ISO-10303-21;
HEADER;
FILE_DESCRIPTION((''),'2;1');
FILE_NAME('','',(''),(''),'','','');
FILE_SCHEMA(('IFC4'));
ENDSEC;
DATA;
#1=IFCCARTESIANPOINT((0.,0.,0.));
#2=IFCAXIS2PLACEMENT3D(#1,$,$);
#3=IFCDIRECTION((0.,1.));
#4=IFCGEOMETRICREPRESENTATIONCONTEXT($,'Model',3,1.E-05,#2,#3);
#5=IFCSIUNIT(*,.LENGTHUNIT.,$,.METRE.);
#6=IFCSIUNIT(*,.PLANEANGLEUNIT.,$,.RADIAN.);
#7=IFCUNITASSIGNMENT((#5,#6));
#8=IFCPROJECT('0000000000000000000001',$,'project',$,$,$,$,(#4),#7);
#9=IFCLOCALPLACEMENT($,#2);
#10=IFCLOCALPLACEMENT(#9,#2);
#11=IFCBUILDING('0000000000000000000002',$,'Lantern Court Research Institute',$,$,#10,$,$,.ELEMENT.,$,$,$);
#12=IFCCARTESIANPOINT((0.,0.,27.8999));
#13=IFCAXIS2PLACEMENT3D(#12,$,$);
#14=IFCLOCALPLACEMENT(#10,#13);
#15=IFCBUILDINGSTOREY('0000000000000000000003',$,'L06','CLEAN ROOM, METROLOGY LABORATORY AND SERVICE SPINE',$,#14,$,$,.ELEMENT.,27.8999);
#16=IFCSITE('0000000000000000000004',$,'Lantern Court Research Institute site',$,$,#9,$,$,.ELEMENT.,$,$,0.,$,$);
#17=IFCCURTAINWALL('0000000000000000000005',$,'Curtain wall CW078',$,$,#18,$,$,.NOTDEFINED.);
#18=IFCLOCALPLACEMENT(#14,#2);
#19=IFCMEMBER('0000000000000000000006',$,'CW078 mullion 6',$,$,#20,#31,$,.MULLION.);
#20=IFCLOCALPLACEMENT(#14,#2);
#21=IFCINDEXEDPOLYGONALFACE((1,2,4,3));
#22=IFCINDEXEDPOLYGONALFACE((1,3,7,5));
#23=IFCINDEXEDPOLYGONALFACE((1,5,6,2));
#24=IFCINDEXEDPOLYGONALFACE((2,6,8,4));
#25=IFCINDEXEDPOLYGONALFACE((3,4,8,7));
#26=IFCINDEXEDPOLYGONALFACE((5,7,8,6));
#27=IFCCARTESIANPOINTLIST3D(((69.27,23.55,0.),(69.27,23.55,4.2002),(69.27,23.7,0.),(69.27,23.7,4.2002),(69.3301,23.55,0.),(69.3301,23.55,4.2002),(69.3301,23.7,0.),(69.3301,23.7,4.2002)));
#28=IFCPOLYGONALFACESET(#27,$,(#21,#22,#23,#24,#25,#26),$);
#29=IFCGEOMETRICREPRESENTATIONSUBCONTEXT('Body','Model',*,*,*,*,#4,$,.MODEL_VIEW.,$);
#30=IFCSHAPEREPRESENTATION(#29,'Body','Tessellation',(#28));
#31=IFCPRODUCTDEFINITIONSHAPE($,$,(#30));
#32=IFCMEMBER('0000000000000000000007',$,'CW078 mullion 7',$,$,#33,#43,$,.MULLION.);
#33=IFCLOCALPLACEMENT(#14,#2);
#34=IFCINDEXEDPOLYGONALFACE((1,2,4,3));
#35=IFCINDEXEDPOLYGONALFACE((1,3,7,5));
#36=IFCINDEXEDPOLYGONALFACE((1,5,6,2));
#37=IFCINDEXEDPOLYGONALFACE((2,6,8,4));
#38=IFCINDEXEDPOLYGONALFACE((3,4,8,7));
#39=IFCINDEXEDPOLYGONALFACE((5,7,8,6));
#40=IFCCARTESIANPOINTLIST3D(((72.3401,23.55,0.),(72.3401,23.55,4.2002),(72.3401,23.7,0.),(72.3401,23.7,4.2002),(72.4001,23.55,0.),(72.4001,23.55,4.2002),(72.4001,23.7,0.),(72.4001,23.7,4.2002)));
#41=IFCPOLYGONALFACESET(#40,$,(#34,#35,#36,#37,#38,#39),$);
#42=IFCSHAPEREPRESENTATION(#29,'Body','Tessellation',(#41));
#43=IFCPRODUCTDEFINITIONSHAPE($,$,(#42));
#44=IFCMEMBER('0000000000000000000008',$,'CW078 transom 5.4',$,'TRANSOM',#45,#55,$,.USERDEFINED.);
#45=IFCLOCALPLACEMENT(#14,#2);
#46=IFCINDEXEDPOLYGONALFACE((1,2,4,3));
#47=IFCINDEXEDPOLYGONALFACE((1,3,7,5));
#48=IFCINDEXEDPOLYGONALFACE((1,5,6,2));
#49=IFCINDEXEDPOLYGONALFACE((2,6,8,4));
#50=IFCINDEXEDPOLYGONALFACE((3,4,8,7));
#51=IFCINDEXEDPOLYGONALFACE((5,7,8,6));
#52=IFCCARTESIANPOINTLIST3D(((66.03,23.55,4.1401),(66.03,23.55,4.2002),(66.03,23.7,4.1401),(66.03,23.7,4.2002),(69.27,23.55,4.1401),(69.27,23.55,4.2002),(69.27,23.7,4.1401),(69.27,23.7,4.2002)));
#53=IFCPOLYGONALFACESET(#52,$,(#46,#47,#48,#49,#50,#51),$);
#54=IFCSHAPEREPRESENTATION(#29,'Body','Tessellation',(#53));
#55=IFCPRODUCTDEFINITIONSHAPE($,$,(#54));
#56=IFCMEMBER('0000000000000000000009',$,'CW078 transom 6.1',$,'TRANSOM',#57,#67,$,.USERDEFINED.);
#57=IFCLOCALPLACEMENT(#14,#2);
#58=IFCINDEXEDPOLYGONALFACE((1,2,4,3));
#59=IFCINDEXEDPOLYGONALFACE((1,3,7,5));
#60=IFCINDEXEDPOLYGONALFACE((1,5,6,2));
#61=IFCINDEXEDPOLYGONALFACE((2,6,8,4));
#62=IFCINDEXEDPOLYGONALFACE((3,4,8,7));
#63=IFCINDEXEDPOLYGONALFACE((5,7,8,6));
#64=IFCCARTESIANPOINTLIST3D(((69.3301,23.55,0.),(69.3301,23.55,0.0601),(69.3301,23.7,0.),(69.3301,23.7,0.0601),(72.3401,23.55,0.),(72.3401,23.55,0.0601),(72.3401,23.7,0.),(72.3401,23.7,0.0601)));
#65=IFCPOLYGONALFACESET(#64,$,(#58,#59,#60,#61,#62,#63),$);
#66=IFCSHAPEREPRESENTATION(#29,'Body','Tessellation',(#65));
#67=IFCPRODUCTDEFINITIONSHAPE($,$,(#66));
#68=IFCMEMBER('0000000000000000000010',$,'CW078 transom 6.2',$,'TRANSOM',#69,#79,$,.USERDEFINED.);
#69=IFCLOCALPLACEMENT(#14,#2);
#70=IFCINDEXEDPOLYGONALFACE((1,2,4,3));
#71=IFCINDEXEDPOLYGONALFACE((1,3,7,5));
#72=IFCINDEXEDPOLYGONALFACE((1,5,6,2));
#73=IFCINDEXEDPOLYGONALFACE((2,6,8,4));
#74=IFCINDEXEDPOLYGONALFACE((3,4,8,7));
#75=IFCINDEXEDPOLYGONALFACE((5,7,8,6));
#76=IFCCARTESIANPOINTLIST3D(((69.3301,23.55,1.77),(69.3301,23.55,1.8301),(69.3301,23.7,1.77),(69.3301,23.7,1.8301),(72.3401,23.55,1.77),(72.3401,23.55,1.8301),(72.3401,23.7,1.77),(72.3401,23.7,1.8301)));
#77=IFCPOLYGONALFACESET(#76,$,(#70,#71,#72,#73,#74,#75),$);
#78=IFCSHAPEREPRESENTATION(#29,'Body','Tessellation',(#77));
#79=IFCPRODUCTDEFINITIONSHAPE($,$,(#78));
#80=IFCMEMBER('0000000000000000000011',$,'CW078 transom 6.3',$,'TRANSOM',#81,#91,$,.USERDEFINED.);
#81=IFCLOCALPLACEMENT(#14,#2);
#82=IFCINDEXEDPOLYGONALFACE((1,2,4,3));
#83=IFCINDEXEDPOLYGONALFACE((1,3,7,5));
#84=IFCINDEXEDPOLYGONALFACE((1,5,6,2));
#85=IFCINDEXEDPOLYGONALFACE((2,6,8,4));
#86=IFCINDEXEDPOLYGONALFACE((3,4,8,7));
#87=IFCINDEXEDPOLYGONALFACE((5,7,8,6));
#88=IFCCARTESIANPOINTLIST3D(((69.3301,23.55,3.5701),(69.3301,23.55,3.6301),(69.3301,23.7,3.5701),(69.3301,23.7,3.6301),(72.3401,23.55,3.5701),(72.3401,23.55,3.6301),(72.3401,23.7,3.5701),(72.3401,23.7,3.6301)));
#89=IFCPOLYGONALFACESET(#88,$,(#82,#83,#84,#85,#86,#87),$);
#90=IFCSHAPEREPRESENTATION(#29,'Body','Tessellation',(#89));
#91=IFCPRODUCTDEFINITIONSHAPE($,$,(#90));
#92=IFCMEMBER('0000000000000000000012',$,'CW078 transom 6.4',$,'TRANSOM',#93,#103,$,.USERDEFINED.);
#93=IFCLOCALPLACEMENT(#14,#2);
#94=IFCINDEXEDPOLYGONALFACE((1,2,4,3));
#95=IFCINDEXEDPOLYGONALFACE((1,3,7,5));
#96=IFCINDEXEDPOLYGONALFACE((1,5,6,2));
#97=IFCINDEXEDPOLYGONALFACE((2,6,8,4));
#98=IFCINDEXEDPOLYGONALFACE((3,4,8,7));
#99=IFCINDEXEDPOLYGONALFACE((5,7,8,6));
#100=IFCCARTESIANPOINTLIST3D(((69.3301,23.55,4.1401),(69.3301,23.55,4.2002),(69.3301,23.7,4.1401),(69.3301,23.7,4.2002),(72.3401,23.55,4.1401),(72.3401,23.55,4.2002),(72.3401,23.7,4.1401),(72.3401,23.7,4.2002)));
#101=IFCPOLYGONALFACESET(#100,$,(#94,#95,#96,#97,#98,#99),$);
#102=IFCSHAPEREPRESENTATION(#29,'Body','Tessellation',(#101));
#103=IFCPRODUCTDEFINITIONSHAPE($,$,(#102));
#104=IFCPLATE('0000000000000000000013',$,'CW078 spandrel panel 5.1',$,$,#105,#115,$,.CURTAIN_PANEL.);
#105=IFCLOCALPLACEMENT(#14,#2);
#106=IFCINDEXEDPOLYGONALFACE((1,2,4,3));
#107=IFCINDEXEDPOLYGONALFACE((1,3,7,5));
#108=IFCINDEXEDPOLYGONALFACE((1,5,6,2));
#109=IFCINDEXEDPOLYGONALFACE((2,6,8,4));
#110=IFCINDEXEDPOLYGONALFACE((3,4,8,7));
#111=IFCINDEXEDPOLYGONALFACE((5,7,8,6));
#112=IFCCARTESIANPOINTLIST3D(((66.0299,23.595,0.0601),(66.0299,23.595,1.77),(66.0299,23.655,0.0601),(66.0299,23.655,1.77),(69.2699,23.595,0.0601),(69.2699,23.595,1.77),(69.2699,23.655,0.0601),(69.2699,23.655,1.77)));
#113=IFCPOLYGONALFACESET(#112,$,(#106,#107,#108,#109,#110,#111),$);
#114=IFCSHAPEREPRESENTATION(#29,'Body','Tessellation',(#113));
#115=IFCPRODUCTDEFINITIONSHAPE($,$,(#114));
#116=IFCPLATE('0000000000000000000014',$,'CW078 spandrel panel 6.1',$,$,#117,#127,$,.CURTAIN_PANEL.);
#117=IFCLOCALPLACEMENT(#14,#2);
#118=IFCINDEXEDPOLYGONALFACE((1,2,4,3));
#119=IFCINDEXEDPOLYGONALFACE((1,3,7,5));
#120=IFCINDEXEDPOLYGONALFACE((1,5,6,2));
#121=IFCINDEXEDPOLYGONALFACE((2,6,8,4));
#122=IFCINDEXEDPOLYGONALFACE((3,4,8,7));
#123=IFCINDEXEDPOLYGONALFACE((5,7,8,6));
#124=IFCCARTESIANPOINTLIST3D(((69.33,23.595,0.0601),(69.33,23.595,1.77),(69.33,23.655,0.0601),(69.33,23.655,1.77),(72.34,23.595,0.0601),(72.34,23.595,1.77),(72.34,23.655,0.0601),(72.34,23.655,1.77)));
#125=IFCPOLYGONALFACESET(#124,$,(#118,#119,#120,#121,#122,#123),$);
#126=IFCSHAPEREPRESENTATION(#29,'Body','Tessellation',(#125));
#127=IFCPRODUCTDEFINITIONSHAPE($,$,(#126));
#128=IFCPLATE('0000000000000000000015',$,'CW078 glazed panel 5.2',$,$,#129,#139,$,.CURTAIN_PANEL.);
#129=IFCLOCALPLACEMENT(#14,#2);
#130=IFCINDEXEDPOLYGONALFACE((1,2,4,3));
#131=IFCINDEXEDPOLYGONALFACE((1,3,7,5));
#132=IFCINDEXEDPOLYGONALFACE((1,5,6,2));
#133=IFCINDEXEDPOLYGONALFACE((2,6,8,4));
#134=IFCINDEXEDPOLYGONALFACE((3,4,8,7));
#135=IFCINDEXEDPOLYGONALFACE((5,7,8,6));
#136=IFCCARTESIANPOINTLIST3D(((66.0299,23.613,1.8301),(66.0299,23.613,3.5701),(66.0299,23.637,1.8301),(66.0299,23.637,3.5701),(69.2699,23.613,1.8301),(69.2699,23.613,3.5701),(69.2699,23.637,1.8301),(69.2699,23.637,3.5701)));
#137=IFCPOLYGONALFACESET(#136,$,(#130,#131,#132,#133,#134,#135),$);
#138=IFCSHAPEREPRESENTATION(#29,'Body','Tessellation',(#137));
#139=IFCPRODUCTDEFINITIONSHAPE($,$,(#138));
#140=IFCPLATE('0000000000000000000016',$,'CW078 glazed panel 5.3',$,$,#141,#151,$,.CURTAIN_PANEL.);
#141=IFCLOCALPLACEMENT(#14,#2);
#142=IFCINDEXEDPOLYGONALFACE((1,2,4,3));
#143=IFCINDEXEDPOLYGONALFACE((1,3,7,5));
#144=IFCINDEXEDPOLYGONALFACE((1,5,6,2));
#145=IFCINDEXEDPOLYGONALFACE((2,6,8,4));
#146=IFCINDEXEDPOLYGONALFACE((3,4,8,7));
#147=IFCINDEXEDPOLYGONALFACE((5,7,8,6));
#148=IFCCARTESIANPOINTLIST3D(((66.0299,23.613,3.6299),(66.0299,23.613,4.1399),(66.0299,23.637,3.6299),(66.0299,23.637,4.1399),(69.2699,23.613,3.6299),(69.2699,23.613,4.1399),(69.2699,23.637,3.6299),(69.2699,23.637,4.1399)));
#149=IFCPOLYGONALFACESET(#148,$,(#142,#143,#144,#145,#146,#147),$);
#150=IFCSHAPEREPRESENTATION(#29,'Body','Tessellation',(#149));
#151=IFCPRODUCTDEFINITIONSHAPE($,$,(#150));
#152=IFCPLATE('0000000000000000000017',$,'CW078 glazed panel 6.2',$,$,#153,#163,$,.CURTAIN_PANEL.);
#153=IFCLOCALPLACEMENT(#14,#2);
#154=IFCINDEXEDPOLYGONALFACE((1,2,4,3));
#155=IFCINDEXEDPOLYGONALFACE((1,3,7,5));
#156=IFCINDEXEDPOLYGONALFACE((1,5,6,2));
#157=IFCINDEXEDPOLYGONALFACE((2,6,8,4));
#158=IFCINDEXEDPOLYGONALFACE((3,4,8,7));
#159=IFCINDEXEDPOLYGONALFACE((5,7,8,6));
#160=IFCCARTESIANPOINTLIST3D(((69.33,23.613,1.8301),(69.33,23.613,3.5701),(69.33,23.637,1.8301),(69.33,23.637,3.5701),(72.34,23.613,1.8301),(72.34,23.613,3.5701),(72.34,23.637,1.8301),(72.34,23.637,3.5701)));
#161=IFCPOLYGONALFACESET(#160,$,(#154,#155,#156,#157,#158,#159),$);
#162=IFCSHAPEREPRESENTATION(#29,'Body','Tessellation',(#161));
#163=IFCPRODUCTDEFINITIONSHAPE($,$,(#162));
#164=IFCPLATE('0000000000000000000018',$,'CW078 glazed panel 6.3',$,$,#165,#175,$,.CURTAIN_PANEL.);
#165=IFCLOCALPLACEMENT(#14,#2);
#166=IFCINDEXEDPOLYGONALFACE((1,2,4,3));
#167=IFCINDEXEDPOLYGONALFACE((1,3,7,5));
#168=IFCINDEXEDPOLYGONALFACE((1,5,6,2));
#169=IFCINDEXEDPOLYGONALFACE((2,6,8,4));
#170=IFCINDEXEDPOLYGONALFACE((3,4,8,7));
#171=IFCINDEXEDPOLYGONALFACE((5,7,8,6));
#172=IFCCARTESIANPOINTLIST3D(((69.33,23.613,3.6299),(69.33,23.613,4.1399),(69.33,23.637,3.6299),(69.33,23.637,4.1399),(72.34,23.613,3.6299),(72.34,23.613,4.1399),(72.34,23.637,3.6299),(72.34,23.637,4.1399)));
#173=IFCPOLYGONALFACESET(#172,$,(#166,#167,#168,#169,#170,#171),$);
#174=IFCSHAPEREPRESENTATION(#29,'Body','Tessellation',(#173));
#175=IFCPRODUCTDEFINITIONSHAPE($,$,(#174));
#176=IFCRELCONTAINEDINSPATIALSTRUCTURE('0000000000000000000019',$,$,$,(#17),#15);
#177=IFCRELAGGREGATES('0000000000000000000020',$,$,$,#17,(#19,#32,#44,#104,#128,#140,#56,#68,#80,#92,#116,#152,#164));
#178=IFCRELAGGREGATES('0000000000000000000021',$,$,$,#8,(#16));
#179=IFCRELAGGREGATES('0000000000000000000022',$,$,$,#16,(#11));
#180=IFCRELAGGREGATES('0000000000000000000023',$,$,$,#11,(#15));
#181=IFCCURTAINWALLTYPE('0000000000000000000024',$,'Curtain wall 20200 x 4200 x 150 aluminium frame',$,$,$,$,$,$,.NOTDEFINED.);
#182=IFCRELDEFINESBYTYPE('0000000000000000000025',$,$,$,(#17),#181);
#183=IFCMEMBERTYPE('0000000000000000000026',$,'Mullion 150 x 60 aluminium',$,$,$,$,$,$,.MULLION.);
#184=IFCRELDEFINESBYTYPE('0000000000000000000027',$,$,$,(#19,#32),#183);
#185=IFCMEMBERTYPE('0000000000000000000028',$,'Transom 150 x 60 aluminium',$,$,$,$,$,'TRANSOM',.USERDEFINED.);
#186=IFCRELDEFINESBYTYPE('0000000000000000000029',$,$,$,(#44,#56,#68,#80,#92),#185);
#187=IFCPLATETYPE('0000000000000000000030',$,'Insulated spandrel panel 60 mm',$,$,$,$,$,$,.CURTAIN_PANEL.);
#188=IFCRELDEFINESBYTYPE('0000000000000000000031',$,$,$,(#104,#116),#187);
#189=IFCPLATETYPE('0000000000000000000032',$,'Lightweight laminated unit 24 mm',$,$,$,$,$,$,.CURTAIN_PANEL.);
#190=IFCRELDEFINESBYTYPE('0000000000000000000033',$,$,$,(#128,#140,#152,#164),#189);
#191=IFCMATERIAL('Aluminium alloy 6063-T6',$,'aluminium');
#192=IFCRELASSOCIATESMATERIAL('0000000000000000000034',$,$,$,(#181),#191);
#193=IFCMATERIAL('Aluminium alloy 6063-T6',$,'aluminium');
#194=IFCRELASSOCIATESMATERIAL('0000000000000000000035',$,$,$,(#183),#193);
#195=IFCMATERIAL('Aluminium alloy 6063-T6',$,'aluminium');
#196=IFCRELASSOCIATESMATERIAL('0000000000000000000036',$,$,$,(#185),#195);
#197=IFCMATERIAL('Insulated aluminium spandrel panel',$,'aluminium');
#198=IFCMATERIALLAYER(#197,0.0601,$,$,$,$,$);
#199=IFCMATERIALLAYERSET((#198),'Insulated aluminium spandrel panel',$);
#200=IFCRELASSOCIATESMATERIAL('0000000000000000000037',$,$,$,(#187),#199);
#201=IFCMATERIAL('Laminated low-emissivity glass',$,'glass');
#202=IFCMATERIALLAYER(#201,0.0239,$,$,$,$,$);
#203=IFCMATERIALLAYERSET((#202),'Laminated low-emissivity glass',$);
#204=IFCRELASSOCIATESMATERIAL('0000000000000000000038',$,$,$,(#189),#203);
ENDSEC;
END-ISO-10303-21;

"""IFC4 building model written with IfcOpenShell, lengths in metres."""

from ifc_helpers import new_model, si_unit, direction, frame, origin, origin_2d, place, context, subcontext, project, spatial, rectangle, extrude, material, layer, layer_set, material_profile, profile_set, type_object, element, aggregate, save


model = new_model("IFC4")

# Units and contexts
model_context = context("Model", 3, precision=1e-05, world=origin(), true_north=direction((0.0, 1.0)))
body_context = subcontext(model_context, "Body", "Model", "MODEL_VIEW")
ifc_project = project(units=[si_unit("LENGTHUNIT", "METRE"), si_unit("PLANEANGLEUNIT", "RADIAN")], contexts=[model_context])

# Site, building, storey
site_placement = place(None, origin())
site = spatial("IfcSite", under=ifc_project, at=site_placement, Name="Lantern Court Research Institute site", CompositionType="ELEMENT", RefElevation=0.0)
building_placement = place(site_placement, origin())
building = spatial("IfcBuilding", under=site, at=building_placement, Name="Lantern Court Research Institute", CompositionType="ELEMENT")
storey_placement = place(building_placement, frame((0.0, 0.0, 27.8999)))
storey = spatial("IfcBuildingStorey", under=building, at=storey_placement, Name="L06", Description="CLEAN ROOM, METROLOGY LABORATORY AND SERVICE SPINE", CompositionType="ELEMENT", Elevation=27.8999)

# Curtain wall, members, plates
ifc_material_1 = material(Name="Aluminium alloy 6063-T6", Category="aluminium")
curtain_wall_type = type_object("IfcCurtainWallType", Name="Curtain wall 20200 x 4200 x 150 aluminium frame", PredefinedType="NOTDEFINED", material=ifc_material_1)
curtain_wall_placement = place(storey_placement, origin())
curtain_wall = element("IfcCurtainWall", 1, at=curtain_wall_placement, inside=storey, type_object=curtain_wall_type, Name="Curtain wall CW078", PredefinedType="NOTDEFINED")
ifc_material_2 = material(Name="Aluminium alloy 6063-T6", Category="aluminium")
ifc_material_profile_1 = material_profile(ifc_material_2, rectangle(XDim=0.1499, YDim=0.0601, at=origin_2d()), Name="Mullion 150 x 60")
ifc_profile_set_1 = profile_set([ifc_material_profile_1], Name="Aluminium alloy 6063-T6")
member_type_1 = type_object("IfcMemberType", Name="Mullion 150 x 60 aluminium", PredefinedType="MULLION", material=ifc_profile_set_1)
member_1_placement = place(storey_placement, frame((69.3, 23.625, 0.0), z_axis=(0.0, 0.0, 1.0), x_axis=(0.0, 1.0, 0.0)))
member_1 = element("IfcMember", 2, at=member_1_placement, type_object=member_type_1, Name="CW078 mullion 6", PredefinedType="MULLION", context=body_context, shape_type="SweptSolid", body=[
    extrude(rectangle(XDim=0.1499, YDim=0.0601, at=origin_2d()), origin(), (0.0, 0.0, 1.0), 4.2002),
])
member_2_placement = place(storey_placement, frame((72.3701, 23.625, 0.0), z_axis=(0.0, 0.0, 1.0), x_axis=(0.0, 1.0, 0.0)))
member_2 = element("IfcMember", 3, at=member_2_placement, type_object=member_type_1, Name="CW078 mullion 7", PredefinedType="MULLION", context=body_context, shape_type="SweptSolid", body=[
    extrude(rectangle(XDim=0.1499, YDim=0.0601, at=origin_2d()), origin(), (0.0, 0.0, 1.0), 4.2002),
])
ifc_material_3 = material(Name="Aluminium alloy 6063-T6", Category="aluminium")
ifc_material_profile_2 = material_profile(ifc_material_3, rectangle(XDim=0.1499, YDim=0.0601, at=origin_2d()), Name="Transom 150 x 60")
ifc_profile_set_2 = profile_set([ifc_material_profile_2], Name="Aluminium alloy 6063-T6")
member_type_2 = type_object("IfcMemberType", Name="Transom 150 x 60 aluminium", ElementType="TRANSOM", PredefinedType="USERDEFINED", material=ifc_profile_set_2)
member_3_placement = place(storey_placement, frame((66.03, 23.625, 4.1702), z_axis=(1.0, 0.0, 0.0), x_axis=(0.0, 1.0, 0.0)))
member_3 = element("IfcMember", 4, at=member_3_placement, type_object=member_type_2, Name="CW078 transom 5.4", ObjectType="TRANSOM", PredefinedType="USERDEFINED", context=body_context, shape_type="SweptSolid", body=[
    extrude(rectangle(XDim=0.1499, YDim=0.0601, at=origin_2d()), origin(), (0.0, 0.0, 1.0), 3.24),
])
member_4_placement = place(storey_placement, frame((69.3301, 23.625, 0.03), z_axis=(1.0, 0.0, 0.0), x_axis=(0.0, 1.0, 0.0)))
member_4 = element("IfcMember", 5, at=member_4_placement, type_object=member_type_2, Name="CW078 transom 6.1", ObjectType="TRANSOM", PredefinedType="USERDEFINED", context=body_context, shape_type="SweptSolid", body=[
    extrude(rectangle(XDim=0.1499, YDim=0.0601, at=origin_2d()), origin(), (0.0, 0.0, 1.0), 3.01),
])
member_5_placement = place(storey_placement, frame((69.3301, 23.625, 1.8), z_axis=(1.0, 0.0, 0.0), x_axis=(0.0, 1.0, 0.0)))
member_5 = element("IfcMember", 6, at=member_5_placement, type_object=member_type_2, Name="CW078 transom 6.2", ObjectType="TRANSOM", PredefinedType="USERDEFINED", context=body_context, shape_type="SweptSolid", body=[
    extrude(rectangle(XDim=0.1499, YDim=0.0601, at=origin_2d()), origin(), (0.0, 0.0, 1.0), 3.01),
])
member_6_placement = place(storey_placement, frame((69.3301, 23.625, 3.6001), z_axis=(1.0, 0.0, 0.0), x_axis=(0.0, 1.0, 0.0)))
member_6 = element("IfcMember", 7, at=member_6_placement, type_object=member_type_2, Name="CW078 transom 6.3", ObjectType="TRANSOM", PredefinedType="USERDEFINED", context=body_context, shape_type="SweptSolid", body=[
    extrude(rectangle(XDim=0.1499, YDim=0.0601, at=origin_2d()), origin(), (0.0, 0.0, 1.0), 3.01),
])
member_7_placement = place(storey_placement, frame((69.3301, 23.625, 4.1702), z_axis=(1.0, 0.0, 0.0), x_axis=(0.0, 1.0, 0.0)))
member_7 = element("IfcMember", 8, at=member_7_placement, type_object=member_type_2, Name="CW078 transom 6.4", ObjectType="TRANSOM", PredefinedType="USERDEFINED", context=body_context, shape_type="SweptSolid", body=[
    extrude(rectangle(XDim=0.1499, YDim=0.0601, at=origin_2d()), origin(), (0.0, 0.0, 1.0), 3.01),
])
ifc_material_4 = material(Name="Insulated aluminium spandrel panel", Category="aluminium")
ifc_layer_1 = layer(ifc_material_4, 0.0601)
ifc_layer_set_1 = layer_set([ifc_layer_1], Name="Insulated aluminium spandrel panel")
plate_type_1 = type_object("IfcPlateType", Name="Insulated spandrel panel 60 mm", PredefinedType="CURTAIN_PANEL", material=ifc_layer_set_1)
plate_1_placement = place(storey_placement, frame((67.6499, 23.625, 0.0601), z_axis=(0.0, 0.0, 1.0), x_axis=(1.0, 0.0, 0.0)))
plate_1 = element("IfcPlate", 9, at=plate_1_placement, type_object=plate_type_1, Name="CW078 spandrel panel 5.1", PredefinedType="CURTAIN_PANEL", context=body_context, shape_type="SweptSolid", body=[
    extrude(rectangle(XDim=3.24, YDim=0.0601, at=origin_2d()), origin(), (0.0, 0.0, 1.0), 1.71),
])
plate_2_placement = place(storey_placement, frame((70.835, 23.625, 0.0601), z_axis=(0.0, 0.0, 1.0), x_axis=(1.0, 0.0, 0.0)))
plate_2 = element("IfcPlate", 10, at=plate_2_placement, type_object=plate_type_1, Name="CW078 spandrel panel 6.1", PredefinedType="CURTAIN_PANEL", context=body_context, shape_type="SweptSolid", body=[
    extrude(rectangle(XDim=3.01, YDim=0.0601, at=origin_2d()), origin(), (0.0, 0.0, 1.0), 1.71),
])
ifc_material_5 = material(Name="Laminated low-emissivity glass", Category="glass")
ifc_layer_2 = layer(ifc_material_5, 0.0239)
ifc_layer_set_2 = layer_set([ifc_layer_2], Name="Laminated low-emissivity glass")
plate_type_2 = type_object("IfcPlateType", Name="Lightweight laminated unit 24 mm", PredefinedType="CURTAIN_PANEL", material=ifc_layer_set_2)
plate_3_placement = place(storey_placement, frame((67.6499, 23.625, 1.8301), z_axis=(0.0, 0.0, 1.0), x_axis=(1.0, 0.0, 0.0)))
plate_3 = element("IfcPlate", 11, at=plate_3_placement, type_object=plate_type_2, Name="CW078 glazed panel 5.2", PredefinedType="CURTAIN_PANEL", context=body_context, shape_type="SweptSolid", body=[
    extrude(rectangle(XDim=3.24, YDim=0.0239, at=origin_2d()), origin(), (0.0, 0.0, 1.0), 1.74),
])
plate_4_placement = place(storey_placement, frame((67.6499, 23.625, 3.6299), z_axis=(0.0, 0.0, 1.0), x_axis=(1.0, 0.0, 0.0)))
plate_4 = element("IfcPlate", 12, at=plate_4_placement, type_object=plate_type_2, Name="CW078 glazed panel 5.3", PredefinedType="CURTAIN_PANEL", context=body_context, shape_type="SweptSolid", body=[
    extrude(rectangle(XDim=3.24, YDim=0.0239, at=origin_2d()), origin(), (0.0, 0.0, 1.0), 0.51),
])
plate_5_placement = place(storey_placement, frame((70.835, 23.625, 1.8301), z_axis=(0.0, 0.0, 1.0), x_axis=(1.0, 0.0, 0.0)))
plate_5 = element("IfcPlate", 13, at=plate_5_placement, type_object=plate_type_2, Name="CW078 glazed panel 6.2", PredefinedType="CURTAIN_PANEL", context=body_context, shape_type="SweptSolid", body=[
    extrude(rectangle(XDim=3.01, YDim=0.0239, at=origin_2d()), origin(), (0.0, 0.0, 1.0), 1.74),
])
plate_6_placement = place(storey_placement, frame((70.835, 23.625, 3.6299), z_axis=(0.0, 0.0, 1.0), x_axis=(1.0, 0.0, 0.0)))
plate_6 = element("IfcPlate", 14, at=plate_6_placement, type_object=plate_type_2, Name="CW078 glazed panel 6.3", PredefinedType="CURTAIN_PANEL", context=body_context, shape_type="SweptSolid", body=[
    extrude(rectangle(XDim=3.01, YDim=0.0239, at=origin_2d()), origin(), (0.0, 0.0, 1.0), 0.51),
])
aggregate(curtain_wall, [member_1, member_2, member_3, plate_1, plate_3, plate_4, member_4, member_5, member_6, member_7, plate_2, plate_5, plate_6])

save(model, "model.ifc")
